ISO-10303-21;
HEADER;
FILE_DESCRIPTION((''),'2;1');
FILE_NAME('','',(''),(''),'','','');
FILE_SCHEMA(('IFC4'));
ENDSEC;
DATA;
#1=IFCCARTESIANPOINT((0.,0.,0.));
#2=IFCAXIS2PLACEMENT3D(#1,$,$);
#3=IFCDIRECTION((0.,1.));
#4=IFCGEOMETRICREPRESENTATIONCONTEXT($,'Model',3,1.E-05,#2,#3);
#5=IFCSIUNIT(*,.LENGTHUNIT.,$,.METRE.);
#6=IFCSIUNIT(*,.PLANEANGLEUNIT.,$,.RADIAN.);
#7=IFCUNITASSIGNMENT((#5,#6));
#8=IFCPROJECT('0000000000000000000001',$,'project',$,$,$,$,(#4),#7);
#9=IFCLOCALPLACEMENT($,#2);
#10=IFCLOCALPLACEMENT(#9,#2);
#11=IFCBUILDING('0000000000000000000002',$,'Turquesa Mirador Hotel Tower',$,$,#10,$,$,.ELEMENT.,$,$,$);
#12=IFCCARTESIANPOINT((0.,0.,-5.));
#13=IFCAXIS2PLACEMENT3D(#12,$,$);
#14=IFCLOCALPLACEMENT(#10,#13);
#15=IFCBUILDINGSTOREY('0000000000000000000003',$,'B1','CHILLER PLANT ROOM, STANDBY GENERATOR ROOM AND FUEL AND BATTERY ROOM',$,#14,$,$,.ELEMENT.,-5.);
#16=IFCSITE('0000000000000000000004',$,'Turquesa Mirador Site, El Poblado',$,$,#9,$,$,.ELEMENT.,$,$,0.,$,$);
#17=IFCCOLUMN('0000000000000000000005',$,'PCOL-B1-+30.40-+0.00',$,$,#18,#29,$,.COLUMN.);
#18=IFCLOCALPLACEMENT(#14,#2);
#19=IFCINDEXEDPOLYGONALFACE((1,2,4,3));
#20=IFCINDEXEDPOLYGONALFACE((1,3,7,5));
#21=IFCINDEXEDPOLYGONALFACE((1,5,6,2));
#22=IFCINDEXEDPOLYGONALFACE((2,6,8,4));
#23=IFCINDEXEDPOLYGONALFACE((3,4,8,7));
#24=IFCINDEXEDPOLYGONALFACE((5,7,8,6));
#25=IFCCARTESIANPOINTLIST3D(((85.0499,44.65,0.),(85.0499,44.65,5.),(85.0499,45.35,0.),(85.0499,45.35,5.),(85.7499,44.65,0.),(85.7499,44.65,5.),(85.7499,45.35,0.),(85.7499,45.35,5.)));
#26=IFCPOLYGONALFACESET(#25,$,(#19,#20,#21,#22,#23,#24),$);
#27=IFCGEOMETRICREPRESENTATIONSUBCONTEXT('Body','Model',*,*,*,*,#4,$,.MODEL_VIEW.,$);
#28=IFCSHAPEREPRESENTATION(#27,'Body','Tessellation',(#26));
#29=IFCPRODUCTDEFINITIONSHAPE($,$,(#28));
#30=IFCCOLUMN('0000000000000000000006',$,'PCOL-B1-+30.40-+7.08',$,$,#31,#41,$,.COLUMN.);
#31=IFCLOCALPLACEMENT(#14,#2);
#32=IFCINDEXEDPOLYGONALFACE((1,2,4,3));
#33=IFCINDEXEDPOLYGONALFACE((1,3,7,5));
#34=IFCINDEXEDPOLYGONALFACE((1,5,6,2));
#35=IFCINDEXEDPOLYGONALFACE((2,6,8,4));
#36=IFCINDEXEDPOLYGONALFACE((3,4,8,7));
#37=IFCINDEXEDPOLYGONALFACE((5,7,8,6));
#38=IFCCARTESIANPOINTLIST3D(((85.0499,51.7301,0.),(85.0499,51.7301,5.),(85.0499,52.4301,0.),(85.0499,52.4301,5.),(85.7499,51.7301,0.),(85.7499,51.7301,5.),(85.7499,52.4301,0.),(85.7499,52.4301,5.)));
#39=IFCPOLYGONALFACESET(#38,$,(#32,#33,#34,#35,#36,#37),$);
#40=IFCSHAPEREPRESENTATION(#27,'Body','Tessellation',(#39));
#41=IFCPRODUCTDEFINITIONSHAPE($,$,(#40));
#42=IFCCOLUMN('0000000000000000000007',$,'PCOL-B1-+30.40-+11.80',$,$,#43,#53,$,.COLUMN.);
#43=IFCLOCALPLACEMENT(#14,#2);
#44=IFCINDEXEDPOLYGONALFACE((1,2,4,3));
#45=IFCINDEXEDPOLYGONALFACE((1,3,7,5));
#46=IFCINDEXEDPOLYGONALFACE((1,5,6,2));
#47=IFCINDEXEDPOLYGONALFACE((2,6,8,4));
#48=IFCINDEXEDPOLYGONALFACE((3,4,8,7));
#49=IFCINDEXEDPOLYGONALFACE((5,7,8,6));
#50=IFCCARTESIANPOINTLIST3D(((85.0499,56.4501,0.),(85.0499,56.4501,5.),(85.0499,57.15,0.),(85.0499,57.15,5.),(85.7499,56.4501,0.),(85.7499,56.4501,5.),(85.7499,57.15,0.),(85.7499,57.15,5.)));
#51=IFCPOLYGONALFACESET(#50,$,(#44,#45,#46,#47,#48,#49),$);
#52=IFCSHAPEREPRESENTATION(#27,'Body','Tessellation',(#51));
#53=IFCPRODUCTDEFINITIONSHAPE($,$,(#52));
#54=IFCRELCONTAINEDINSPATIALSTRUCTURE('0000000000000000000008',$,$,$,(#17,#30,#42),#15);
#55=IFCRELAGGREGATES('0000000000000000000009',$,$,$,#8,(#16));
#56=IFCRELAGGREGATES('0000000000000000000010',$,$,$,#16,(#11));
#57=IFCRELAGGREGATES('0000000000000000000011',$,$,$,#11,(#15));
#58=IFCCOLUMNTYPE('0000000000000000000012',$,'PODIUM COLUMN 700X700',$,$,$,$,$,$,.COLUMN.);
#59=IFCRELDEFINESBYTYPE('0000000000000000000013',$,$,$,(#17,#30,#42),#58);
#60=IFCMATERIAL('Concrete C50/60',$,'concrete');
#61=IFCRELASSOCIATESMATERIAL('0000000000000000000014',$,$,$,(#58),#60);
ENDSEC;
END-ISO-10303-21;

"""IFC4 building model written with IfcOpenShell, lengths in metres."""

from ifc_helpers import new_model, si_unit, direction, frame, origin, origin_2d, place, context, subcontext, project, spatial, rectangle, extrude, material, material_profile, profile_set, type_object, element, save


model = new_model("IFC4")

# Units and contexts
model_context = context("Model", 3, precision=1e-05, world=origin(), true_north=direction((0.0, 1.0)))
body_context = subcontext(model_context, "Body", "Model", "MODEL_VIEW")
ifc_project = project(units=[si_unit("LENGTHUNIT", "METRE"), si_unit("PLANEANGLEUNIT", "RADIAN")], contexts=[model_context])

# Site, building, storey
site_placement = place(None, origin())
site = spatial("IfcSite", under=ifc_project, at=site_placement, Name="Turquesa Mirador Site, El Poblado", CompositionType="ELEMENT", RefElevation=0.0)
building_placement = place(site_placement, origin())
building = spatial("IfcBuilding", under=site, at=building_placement, Name="Turquesa Mirador Hotel Tower", CompositionType="ELEMENT")
storey_placement = place(building_placement, frame((0.0, 0.0, -5.0)))
storey = spatial("IfcBuildingStorey", under=building, at=storey_placement, Name="B1", Description="CHILLER PLANT ROOM, STANDBY GENERATOR ROOM AND FUEL AND BATTERY ROOM", CompositionType="ELEMENT", Elevation=-5.0)

# Columns
ifc_material_1 = material(Name="Concrete C50/60", Category="concrete")
ifc_material_profile_1 = material_profile(ifc_material_1, rectangle(XDim=0.7, YDim=0.7, at=origin_2d()), Name="RC 700X700")
ifc_profile_set_1 = profile_set([ifc_material_profile_1], Name="Concrete C50/60")
column_type_1 = type_object("IfcColumnType", Name="PODIUM COLUMN 700X700", PredefinedType="COLUMN", material=ifc_profile_set_1)
for number, where, z_axis, x_axis, name in (
    (1, (85.3999, 45.0, 0.0), (0.0, 0.0, 1.0), (1.0, 0.0, 0.0), "PCOL-B1-+30.40-+0.00"),
    (2, (85.3999, 52.0801, 0.0), (0.0, 0.0, 1.0), (1.0, 0.0, 0.0), "PCOL-B1-+30.40-+7.08"),
    (3, (85.3999, 56.8, 0.0), (0.0, 0.0, 1.0), (1.0, 0.0, 0.0), "PCOL-B1-+30.40-+11.80"),
):
    element("IfcColumn", number, at=place(storey_placement, frame(where, z_axis=z_axis, x_axis=x_axis)), inside=storey, type_object=column_type_1, Name=name, PredefinedType="COLUMN", context=body_context, shape_type="SweptSolid", body=[
        extrude(rectangle(XDim=0.7, YDim=0.7, at=origin_2d()), origin(), (0.0, 0.0, 1.0), 5.0),
    ])

save(model, "model.ifc")
